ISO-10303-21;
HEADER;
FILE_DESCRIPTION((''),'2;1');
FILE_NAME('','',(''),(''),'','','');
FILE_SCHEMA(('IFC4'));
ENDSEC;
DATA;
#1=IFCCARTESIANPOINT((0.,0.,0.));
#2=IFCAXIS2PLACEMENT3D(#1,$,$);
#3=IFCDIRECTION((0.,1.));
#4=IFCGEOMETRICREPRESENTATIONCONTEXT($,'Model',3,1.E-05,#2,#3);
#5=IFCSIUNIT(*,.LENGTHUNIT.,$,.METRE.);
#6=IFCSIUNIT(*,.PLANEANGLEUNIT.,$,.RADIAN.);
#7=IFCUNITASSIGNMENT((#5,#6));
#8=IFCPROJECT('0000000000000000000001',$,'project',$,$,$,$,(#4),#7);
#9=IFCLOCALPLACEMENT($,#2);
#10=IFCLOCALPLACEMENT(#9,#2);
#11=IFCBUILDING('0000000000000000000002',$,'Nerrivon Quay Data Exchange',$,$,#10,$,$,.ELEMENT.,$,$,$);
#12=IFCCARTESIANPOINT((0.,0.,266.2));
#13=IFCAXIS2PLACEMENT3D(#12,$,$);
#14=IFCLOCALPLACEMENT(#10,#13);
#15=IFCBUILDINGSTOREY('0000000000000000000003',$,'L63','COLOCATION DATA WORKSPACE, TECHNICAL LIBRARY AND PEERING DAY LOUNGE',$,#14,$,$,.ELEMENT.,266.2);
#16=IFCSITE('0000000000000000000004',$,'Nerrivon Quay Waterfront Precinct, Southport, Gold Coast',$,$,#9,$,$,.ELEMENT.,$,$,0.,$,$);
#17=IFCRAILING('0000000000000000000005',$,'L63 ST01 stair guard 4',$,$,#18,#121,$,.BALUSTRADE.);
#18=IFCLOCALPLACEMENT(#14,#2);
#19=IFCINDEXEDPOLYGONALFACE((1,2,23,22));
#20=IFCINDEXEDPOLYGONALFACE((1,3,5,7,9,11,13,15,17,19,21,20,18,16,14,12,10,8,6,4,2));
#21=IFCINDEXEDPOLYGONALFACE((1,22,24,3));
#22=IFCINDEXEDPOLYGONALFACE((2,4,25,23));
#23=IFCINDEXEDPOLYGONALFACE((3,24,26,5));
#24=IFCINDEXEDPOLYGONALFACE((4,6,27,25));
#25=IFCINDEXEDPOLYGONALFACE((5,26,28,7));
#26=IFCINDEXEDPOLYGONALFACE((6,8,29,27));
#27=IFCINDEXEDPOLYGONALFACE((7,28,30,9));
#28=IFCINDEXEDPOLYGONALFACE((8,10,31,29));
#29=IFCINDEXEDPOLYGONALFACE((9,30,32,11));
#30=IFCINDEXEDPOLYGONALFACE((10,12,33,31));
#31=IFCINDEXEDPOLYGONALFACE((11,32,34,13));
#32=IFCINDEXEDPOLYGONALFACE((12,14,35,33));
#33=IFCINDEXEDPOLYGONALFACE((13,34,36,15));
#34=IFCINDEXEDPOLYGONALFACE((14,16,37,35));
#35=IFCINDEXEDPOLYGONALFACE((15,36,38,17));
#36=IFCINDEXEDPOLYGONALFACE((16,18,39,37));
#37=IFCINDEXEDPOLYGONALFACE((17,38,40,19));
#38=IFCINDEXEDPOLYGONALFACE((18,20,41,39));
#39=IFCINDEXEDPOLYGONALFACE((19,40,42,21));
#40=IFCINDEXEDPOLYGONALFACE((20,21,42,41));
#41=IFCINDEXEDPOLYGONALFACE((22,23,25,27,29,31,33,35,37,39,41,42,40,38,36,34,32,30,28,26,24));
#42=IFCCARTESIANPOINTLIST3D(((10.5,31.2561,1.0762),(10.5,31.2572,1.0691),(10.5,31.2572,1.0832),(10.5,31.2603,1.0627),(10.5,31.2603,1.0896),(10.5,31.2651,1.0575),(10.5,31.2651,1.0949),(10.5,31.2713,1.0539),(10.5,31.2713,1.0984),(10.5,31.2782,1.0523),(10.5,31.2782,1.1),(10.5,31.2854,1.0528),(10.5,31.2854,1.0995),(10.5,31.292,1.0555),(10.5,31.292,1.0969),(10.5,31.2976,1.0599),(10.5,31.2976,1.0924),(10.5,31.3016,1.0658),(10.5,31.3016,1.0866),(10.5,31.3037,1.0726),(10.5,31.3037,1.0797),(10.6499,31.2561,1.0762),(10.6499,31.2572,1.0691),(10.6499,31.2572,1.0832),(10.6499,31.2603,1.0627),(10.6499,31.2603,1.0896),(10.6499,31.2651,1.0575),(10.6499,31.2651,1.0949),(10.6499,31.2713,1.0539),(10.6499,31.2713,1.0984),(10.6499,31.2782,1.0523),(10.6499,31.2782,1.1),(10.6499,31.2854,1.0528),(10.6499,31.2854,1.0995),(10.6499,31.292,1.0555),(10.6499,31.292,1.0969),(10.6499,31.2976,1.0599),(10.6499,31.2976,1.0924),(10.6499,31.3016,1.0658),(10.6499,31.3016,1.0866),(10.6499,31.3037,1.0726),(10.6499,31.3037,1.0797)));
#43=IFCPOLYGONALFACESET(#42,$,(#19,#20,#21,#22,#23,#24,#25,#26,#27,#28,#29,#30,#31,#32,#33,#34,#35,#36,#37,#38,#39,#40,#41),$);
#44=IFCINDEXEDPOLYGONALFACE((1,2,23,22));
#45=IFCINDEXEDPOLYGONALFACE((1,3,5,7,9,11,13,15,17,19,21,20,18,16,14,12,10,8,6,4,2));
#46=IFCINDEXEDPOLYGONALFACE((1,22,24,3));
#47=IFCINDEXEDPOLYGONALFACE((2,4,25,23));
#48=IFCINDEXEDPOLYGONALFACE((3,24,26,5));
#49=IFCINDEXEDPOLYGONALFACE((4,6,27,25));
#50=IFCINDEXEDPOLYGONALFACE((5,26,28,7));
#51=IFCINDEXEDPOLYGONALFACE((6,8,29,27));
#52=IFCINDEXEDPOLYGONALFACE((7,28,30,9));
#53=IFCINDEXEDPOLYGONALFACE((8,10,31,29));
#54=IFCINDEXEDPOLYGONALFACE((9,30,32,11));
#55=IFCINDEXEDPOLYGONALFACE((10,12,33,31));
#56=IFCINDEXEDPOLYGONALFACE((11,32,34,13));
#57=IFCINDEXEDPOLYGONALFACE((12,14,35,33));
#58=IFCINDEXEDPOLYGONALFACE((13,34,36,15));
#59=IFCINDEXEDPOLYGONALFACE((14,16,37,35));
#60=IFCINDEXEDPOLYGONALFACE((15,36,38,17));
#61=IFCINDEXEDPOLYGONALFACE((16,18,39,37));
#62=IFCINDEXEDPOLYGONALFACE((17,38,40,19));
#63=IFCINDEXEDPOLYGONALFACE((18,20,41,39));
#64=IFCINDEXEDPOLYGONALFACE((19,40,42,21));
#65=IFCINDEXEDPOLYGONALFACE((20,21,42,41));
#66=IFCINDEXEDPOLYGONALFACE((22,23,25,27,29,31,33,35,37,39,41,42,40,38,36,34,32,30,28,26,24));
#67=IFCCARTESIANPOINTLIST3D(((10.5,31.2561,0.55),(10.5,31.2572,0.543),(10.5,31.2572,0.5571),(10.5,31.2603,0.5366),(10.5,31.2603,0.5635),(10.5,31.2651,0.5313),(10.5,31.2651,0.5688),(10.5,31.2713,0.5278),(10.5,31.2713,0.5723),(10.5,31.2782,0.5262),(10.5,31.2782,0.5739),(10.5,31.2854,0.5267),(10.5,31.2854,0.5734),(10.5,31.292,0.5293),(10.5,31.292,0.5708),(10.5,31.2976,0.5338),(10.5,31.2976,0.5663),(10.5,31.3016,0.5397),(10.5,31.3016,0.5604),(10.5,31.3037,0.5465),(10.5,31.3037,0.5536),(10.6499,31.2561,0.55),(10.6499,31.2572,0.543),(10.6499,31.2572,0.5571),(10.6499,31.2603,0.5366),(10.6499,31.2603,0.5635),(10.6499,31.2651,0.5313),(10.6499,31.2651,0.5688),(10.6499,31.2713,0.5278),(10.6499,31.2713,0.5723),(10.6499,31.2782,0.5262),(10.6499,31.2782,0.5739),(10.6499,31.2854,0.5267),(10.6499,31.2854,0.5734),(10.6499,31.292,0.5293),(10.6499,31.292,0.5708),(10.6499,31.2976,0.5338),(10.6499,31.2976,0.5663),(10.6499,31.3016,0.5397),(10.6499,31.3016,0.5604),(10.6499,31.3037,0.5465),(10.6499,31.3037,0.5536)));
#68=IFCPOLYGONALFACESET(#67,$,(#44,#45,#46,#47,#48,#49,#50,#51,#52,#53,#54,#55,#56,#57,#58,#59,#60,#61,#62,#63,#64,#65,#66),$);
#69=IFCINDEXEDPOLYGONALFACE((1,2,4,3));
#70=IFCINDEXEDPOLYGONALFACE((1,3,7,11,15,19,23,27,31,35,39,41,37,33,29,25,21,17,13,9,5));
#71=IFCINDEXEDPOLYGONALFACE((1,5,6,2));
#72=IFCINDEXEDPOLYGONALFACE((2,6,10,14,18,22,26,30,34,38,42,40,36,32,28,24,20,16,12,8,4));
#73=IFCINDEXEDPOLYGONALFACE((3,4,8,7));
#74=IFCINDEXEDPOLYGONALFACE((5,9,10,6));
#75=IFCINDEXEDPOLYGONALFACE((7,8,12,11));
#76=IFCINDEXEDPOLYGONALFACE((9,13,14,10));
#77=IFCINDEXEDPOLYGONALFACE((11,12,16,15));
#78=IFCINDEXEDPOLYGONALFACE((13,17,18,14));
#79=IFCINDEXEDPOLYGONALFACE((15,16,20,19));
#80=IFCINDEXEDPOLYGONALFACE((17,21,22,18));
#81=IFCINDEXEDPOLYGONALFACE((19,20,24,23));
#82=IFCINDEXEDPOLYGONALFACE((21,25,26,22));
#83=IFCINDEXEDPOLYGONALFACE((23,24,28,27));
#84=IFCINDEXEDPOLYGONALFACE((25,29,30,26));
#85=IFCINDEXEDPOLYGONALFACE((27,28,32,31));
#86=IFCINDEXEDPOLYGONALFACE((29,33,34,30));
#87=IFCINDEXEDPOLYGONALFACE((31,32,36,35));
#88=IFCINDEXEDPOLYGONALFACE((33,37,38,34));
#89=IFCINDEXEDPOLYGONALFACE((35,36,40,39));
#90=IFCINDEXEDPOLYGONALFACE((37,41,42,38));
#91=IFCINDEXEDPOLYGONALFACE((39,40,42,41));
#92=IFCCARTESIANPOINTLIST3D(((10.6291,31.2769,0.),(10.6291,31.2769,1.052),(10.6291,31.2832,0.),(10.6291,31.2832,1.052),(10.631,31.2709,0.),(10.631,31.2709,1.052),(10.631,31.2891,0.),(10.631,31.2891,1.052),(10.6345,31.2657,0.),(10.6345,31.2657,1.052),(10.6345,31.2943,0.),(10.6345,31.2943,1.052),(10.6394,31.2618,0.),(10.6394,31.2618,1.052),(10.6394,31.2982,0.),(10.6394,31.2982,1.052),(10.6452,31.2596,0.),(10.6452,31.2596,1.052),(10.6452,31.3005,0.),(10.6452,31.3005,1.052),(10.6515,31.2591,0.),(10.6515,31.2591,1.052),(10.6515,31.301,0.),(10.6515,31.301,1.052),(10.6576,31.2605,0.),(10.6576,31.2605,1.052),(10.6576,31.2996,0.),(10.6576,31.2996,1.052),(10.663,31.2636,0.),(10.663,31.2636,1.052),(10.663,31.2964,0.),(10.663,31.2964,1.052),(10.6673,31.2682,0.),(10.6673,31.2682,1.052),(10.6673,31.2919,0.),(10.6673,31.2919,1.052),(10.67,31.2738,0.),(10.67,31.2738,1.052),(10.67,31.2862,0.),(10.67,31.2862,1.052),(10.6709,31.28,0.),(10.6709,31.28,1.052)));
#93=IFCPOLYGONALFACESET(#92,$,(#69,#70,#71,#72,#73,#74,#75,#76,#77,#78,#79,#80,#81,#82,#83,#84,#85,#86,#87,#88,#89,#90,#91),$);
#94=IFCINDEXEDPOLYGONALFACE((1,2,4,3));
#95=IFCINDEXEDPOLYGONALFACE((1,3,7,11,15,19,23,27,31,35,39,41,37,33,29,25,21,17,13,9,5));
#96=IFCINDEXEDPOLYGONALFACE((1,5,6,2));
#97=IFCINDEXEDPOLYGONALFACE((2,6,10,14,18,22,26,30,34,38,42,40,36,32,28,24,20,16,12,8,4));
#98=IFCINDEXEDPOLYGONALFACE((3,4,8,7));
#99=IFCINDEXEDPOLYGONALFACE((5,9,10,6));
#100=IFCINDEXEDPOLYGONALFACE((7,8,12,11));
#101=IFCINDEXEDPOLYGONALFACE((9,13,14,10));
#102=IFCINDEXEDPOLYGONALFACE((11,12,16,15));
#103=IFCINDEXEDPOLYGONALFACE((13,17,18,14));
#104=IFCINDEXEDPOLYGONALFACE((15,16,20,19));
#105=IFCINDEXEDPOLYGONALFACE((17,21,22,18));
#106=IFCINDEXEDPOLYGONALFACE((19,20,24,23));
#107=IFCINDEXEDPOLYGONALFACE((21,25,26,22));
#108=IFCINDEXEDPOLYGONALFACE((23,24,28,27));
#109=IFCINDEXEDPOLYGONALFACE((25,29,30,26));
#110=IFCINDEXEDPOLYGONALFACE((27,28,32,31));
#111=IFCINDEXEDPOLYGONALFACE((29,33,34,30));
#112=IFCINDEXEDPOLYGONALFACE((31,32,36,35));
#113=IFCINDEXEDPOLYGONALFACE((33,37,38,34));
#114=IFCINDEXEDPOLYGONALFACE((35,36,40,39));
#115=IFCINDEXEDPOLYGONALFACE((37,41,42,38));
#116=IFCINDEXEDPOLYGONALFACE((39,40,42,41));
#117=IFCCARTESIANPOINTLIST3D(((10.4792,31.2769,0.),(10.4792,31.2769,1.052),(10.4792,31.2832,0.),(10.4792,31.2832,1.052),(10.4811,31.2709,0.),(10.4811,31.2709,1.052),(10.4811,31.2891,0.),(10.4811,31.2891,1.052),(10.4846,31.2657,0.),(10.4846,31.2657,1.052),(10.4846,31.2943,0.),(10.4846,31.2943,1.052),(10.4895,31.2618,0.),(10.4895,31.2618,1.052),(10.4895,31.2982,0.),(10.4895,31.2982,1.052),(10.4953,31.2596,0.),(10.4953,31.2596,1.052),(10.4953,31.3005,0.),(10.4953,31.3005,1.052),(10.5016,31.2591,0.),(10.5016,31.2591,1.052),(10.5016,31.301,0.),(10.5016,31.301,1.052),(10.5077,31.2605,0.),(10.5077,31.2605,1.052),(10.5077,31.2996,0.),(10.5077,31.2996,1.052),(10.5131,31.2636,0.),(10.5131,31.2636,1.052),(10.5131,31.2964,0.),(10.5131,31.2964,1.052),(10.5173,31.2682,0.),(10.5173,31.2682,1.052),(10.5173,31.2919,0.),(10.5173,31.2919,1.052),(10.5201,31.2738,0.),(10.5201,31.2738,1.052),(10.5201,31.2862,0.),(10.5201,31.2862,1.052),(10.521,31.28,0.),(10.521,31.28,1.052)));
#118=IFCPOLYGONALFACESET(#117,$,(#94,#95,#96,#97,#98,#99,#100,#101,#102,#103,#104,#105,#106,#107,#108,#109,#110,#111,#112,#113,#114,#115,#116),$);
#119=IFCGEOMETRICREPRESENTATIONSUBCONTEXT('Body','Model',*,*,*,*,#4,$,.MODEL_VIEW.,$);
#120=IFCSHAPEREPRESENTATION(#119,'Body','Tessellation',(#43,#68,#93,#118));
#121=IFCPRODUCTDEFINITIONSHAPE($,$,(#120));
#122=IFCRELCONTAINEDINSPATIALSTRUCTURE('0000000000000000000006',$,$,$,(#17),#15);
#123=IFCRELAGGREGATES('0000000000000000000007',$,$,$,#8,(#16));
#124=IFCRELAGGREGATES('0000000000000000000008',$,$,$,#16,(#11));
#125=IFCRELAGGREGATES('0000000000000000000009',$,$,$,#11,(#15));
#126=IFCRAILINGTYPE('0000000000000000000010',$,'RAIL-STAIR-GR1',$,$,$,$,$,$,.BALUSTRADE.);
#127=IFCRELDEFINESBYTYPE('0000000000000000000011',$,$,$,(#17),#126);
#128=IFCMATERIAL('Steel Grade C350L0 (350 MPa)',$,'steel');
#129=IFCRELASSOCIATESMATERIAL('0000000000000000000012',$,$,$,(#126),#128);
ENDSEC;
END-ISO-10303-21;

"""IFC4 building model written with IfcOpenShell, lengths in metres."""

from ifc_helpers import new_model, si_unit, direction, frame, origin, origin_2d, place, context, subcontext, project, spatial, circle, extrude, material, type_object, element, save


model = new_model("IFC4")

# Units and contexts
model_context = context("Model", 3, precision=1e-05, world=origin(), true_north=direction((0.0, 1.0)))
body_context = subcontext(model_context, "Body", "Model", "MODEL_VIEW")
ifc_project = project(units=[si_unit("LENGTHUNIT", "METRE"), si_unit("PLANEANGLEUNIT", "RADIAN")], contexts=[model_context])

# Site, building, storey
site_placement = place(None, origin())
site = spatial("IfcSite", under=ifc_project, at=site_placement, Name="Nerrivon Quay Waterfront Precinct, Southport, Gold Coast", CompositionType="ELEMENT", RefElevation=0.0)
building_placement = place(site_placement, origin())
building = spatial("IfcBuilding", under=site, at=building_placement, Name="Nerrivon Quay Data Exchange", CompositionType="ELEMENT")
storey_placement = place(building_placement, frame((0.0, 0.0, 266.2)))
storey = spatial("IfcBuildingStorey", under=building, at=storey_placement, Name="L63", Description="COLOCATION DATA WORKSPACE, TECHNICAL LIBRARY AND PEERING DAY LOUNGE", CompositionType="ELEMENT", Elevation=266.2)

# Railing
ifc_material_1 = material(Name="Steel Grade C350L0 (350 MPa)", Category="steel")
railing_type_1 = type_object("IfcRailingType", Name="RAIL-STAIR-GR1", PredefinedType="BALUSTRADE", material=ifc_material_1)
railing_1_placement = place(storey_placement, frame((10.6499, 31.28, 0.0)))
element("IfcRailing", 1, at=railing_1_placement, inside=storey, type_object=railing_type_1, Name="L63 ST01 stair guard 4", PredefinedType="BALUSTRADE", context=body_context, shape_type="SweptSolid", body=[
    extrude(circle(Radius=0.0239, at=origin_2d()), frame((0.0, 0.0, 1.0762), z_axis=(-1.0, 0.0, 0.0), x_axis=(0.0, -1.0, 0.0)), (0.0, 0.0, 1.0), 0.1499),
    extrude(circle(Radius=0.0239, at=origin_2d()), frame((0.0, 0.0, 0.55), z_axis=(-1.0, 0.0, 0.0), x_axis=(0.0, -1.0, 0.0)), (0.0, 0.0, 1.0), 0.1499),
    extrude(circle(Radius=0.021, at=origin_2d()), origin(), (0.0, 0.0, 1.0), 1.052),
    extrude(circle(Radius=0.021, at=origin_2d()), frame((-0.1499, 0.0, 0.0)), (0.0, 0.0, 1.0), 1.052),
])

save(model, "model.ifc")
